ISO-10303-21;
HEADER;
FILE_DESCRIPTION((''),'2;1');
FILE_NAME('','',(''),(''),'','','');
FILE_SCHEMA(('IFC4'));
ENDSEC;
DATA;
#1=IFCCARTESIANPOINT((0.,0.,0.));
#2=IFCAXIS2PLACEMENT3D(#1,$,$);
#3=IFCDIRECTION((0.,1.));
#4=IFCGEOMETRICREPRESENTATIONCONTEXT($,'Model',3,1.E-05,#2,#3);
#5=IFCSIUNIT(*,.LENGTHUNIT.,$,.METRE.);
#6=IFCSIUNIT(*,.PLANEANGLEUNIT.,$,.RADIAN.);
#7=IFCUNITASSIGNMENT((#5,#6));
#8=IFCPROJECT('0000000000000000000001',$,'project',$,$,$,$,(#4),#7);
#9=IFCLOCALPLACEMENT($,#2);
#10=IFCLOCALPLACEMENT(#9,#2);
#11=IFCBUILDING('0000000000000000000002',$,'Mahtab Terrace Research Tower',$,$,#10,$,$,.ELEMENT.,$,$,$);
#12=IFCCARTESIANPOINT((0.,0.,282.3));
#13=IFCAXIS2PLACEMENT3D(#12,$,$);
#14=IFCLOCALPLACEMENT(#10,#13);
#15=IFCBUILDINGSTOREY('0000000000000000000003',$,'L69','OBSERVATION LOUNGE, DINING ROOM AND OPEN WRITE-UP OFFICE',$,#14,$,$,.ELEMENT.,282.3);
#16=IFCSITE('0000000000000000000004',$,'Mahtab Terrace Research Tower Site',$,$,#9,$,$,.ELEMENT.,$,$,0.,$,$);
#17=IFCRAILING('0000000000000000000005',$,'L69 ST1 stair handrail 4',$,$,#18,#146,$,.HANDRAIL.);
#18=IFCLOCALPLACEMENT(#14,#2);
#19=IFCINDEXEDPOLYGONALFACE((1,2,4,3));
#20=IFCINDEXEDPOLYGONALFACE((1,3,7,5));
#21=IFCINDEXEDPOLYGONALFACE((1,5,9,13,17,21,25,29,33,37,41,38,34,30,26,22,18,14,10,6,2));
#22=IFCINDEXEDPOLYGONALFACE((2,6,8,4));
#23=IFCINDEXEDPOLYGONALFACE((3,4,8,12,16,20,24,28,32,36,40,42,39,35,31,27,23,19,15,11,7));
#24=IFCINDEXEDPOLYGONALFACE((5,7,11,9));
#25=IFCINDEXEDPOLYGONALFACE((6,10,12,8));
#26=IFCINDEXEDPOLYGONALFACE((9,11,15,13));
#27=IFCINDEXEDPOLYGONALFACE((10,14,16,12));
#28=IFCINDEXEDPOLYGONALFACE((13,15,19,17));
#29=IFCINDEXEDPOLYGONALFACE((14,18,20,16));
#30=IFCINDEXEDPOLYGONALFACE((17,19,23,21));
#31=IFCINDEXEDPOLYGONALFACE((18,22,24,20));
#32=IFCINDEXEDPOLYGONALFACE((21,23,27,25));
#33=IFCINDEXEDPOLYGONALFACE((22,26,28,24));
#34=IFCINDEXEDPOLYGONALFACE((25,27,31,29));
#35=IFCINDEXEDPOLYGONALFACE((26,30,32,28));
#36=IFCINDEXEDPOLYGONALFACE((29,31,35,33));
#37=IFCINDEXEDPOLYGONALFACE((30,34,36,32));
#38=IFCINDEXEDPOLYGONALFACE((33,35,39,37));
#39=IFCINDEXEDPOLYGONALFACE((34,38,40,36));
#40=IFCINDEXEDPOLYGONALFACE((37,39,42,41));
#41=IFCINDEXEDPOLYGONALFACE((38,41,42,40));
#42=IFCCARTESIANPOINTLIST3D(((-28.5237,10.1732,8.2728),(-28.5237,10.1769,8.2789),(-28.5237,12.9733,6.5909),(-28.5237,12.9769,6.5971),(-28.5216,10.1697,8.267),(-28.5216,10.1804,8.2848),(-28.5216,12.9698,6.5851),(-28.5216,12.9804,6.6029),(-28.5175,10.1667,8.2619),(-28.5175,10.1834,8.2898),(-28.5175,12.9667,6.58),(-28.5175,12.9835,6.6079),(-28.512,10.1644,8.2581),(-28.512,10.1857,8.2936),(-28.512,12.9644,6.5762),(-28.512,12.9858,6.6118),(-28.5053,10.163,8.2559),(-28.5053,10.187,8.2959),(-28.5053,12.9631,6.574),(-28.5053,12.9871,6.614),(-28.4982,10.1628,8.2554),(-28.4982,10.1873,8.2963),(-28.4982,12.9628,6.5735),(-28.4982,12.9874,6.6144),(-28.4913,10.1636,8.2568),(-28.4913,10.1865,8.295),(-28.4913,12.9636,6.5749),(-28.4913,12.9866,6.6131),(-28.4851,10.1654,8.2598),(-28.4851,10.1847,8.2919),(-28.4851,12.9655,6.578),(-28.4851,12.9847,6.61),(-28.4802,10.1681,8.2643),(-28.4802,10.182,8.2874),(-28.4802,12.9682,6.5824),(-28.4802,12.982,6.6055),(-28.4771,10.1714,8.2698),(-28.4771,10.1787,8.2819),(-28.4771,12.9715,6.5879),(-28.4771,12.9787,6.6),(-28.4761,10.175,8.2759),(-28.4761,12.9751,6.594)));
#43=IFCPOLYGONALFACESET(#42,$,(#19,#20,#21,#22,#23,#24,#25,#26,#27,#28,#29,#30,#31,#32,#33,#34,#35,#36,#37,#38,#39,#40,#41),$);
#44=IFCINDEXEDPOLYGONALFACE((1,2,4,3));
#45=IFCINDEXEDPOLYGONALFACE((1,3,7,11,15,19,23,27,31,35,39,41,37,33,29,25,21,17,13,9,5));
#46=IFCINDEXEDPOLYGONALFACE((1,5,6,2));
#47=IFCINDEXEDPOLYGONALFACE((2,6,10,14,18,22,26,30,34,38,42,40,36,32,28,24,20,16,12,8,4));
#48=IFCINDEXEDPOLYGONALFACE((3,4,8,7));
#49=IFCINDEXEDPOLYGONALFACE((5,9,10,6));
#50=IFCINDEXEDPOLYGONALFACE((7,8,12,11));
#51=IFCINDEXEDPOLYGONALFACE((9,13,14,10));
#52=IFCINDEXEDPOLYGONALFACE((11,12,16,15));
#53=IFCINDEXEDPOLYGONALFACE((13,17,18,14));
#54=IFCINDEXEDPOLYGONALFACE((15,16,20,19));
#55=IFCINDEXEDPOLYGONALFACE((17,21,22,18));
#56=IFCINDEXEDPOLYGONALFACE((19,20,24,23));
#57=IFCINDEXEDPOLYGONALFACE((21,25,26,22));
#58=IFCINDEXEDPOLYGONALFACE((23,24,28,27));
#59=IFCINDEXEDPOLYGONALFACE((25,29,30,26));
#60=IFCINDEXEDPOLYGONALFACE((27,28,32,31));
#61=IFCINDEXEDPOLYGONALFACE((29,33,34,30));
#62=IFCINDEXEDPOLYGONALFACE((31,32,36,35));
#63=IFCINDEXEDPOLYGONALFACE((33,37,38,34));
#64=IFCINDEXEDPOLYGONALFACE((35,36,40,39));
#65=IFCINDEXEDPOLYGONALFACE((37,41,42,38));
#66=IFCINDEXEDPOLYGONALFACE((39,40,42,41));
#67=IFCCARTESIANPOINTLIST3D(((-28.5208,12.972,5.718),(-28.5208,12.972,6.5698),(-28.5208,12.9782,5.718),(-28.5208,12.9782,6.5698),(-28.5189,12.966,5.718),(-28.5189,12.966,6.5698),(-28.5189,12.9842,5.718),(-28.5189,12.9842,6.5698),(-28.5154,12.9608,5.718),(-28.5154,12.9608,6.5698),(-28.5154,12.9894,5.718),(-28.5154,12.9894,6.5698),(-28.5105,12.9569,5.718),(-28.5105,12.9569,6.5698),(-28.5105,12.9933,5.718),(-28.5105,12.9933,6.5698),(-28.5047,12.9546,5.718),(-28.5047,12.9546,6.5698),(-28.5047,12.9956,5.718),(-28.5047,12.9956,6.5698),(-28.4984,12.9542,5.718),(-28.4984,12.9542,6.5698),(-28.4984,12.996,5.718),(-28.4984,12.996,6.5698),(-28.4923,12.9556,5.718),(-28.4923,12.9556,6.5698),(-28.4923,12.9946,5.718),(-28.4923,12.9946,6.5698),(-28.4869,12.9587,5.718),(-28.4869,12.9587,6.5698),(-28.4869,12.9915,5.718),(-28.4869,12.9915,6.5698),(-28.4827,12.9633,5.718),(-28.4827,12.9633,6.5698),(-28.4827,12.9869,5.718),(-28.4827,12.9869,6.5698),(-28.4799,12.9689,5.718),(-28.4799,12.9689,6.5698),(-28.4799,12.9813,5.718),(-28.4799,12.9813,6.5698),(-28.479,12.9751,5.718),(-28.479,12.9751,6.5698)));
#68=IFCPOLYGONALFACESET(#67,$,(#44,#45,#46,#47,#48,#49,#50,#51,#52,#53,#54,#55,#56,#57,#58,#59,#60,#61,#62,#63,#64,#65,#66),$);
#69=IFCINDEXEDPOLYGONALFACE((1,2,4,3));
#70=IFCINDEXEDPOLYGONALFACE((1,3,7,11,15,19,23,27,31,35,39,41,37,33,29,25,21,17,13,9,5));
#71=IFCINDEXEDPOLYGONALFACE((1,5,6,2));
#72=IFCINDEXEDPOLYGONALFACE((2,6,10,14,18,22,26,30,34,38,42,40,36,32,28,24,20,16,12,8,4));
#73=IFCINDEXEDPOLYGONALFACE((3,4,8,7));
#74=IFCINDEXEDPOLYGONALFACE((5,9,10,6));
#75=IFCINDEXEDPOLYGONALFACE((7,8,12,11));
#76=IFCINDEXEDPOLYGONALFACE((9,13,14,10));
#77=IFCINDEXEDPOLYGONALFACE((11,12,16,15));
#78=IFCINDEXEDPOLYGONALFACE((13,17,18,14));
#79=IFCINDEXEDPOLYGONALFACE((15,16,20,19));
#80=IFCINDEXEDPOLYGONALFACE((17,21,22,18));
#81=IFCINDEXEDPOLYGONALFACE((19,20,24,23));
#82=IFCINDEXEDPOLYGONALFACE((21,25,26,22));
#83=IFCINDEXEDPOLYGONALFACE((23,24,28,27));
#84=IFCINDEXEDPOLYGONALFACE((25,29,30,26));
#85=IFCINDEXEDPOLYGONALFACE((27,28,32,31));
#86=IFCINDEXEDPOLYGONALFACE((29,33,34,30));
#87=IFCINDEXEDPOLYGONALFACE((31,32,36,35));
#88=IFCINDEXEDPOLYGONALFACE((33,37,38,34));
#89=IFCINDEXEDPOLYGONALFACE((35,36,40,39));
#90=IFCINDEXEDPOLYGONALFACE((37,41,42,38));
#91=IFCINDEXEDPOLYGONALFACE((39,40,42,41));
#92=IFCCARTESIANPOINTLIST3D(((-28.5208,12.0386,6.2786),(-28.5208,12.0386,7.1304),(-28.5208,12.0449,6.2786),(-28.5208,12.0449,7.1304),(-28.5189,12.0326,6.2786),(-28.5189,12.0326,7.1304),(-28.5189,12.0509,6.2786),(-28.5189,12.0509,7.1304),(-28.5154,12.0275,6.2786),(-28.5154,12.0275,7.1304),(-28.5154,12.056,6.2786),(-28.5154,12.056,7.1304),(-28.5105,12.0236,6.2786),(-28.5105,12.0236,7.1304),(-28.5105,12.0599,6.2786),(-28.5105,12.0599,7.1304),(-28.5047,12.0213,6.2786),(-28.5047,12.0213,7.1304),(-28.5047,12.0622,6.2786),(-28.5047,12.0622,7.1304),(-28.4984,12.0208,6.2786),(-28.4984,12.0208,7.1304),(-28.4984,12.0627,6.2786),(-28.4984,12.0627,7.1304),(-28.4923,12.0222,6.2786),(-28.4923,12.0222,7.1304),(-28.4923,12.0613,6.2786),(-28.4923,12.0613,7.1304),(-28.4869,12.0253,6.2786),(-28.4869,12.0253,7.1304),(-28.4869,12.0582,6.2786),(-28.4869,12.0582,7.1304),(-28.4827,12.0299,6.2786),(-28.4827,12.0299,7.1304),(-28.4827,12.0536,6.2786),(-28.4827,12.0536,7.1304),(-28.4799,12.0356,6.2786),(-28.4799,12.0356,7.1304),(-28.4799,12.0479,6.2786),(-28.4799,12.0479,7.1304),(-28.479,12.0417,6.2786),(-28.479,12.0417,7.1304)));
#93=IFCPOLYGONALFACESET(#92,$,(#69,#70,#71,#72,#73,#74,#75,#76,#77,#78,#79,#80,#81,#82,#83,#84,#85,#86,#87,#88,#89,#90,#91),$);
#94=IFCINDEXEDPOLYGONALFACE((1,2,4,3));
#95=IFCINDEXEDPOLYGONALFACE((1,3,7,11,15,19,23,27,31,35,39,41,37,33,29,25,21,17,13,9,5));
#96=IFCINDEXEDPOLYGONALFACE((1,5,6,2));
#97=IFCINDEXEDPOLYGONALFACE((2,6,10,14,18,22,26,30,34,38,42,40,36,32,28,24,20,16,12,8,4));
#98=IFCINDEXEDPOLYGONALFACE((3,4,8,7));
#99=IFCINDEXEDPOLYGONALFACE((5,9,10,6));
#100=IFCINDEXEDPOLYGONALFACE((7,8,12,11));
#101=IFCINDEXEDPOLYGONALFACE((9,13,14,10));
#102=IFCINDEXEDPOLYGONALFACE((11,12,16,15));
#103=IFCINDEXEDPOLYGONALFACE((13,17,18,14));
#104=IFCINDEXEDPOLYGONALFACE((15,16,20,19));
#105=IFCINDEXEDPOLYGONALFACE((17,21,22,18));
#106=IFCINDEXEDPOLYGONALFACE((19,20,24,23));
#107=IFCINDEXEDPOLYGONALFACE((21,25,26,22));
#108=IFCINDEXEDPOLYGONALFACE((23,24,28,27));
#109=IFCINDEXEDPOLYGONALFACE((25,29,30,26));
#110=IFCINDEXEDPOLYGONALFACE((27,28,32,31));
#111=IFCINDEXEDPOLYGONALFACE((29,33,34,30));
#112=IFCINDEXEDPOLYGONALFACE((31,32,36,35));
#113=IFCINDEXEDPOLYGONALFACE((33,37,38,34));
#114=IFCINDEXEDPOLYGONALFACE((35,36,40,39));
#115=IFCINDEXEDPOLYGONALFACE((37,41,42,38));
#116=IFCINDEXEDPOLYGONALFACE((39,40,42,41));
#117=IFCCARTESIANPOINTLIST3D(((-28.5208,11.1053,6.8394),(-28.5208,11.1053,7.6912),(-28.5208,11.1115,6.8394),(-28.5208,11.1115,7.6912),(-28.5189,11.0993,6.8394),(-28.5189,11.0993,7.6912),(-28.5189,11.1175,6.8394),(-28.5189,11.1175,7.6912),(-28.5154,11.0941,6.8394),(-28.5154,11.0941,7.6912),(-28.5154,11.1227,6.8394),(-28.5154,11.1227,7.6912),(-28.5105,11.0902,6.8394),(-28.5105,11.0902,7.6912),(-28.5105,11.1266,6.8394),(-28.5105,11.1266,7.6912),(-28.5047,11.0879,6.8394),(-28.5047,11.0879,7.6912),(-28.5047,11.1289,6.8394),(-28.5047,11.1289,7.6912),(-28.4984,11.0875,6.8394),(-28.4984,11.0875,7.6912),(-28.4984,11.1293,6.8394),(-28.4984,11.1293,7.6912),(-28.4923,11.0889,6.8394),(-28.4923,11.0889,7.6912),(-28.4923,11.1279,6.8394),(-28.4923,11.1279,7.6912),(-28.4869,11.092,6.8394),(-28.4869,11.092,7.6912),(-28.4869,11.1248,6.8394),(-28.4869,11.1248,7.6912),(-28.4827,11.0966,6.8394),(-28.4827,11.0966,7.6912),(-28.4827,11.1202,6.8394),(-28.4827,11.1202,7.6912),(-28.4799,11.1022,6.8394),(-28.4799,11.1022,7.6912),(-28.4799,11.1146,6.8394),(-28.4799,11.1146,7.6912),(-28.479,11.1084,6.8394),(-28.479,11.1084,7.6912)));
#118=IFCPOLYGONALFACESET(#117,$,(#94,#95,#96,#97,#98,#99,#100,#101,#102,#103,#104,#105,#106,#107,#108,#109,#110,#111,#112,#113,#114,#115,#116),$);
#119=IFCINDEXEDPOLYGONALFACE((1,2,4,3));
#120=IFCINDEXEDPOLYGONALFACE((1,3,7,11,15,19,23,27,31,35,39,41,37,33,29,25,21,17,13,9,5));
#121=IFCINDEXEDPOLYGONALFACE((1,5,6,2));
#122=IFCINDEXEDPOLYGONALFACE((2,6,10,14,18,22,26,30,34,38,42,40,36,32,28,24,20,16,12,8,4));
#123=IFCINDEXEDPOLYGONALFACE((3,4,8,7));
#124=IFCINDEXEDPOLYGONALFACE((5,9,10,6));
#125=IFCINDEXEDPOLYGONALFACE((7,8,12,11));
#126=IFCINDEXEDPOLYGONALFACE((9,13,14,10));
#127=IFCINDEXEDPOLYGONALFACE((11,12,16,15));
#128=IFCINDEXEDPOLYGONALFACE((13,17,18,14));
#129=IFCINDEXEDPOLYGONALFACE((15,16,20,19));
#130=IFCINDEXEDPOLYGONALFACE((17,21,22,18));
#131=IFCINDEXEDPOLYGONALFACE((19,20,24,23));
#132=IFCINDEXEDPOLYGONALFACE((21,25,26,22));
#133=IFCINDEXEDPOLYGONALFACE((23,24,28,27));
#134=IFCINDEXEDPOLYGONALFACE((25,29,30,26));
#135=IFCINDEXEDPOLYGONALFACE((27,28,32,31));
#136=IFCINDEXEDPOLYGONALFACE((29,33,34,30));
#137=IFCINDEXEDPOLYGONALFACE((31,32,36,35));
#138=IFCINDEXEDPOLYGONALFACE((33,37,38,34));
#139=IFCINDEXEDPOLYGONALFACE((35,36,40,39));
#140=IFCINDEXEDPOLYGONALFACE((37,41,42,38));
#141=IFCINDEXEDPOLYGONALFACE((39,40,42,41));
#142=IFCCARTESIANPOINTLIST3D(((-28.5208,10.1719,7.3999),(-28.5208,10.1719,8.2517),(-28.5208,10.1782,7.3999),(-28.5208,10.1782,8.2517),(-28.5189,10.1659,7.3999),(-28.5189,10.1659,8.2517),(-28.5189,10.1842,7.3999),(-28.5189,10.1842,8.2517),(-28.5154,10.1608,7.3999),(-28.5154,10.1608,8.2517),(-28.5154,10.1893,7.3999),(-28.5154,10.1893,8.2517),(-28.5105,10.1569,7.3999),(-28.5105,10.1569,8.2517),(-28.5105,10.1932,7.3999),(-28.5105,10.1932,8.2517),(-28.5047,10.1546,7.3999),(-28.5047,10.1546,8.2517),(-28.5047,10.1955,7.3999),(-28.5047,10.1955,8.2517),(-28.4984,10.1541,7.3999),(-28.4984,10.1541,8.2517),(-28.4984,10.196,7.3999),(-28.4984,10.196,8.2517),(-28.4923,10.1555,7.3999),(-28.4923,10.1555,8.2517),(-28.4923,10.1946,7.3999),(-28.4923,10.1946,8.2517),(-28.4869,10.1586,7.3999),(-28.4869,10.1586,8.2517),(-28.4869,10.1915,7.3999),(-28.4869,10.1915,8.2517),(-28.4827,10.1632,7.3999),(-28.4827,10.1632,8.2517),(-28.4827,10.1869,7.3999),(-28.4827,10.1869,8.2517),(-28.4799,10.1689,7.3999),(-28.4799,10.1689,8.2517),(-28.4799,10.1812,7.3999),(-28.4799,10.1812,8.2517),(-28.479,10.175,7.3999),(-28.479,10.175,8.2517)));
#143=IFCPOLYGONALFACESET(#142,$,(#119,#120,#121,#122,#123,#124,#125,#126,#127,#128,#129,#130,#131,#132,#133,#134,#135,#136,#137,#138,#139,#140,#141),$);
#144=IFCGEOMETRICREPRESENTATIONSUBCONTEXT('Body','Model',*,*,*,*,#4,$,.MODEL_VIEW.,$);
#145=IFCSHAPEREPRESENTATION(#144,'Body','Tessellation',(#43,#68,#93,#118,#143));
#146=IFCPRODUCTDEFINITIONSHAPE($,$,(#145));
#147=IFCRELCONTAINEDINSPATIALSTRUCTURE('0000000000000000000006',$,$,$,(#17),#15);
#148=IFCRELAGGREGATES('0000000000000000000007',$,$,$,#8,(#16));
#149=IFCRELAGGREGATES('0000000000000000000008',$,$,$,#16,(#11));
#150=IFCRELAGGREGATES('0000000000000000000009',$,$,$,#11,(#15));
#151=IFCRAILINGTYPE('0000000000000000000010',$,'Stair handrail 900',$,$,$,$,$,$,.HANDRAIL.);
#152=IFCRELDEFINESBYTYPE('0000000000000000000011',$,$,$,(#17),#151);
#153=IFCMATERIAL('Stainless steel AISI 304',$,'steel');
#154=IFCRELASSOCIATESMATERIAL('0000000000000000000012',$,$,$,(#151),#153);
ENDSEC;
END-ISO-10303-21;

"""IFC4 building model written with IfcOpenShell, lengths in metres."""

from ifc_helpers import new_model, si_unit, direction, frame, origin, origin_2d, place, context, subcontext, project, spatial, circle, extrude, material, type_object, element, save


model = new_model("IFC4")

# Units and contexts
model_context = context("Model", 3, precision=1e-05, world=origin(), true_north=direction((0.0, 1.0)))
body_context = subcontext(model_context, "Body", "Model", "MODEL_VIEW")
ifc_project = project(units=[si_unit("LENGTHUNIT", "METRE"), si_unit("PLANEANGLEUNIT", "RADIAN")], contexts=[model_context])

# Site, building, storey
site_placement = place(None, origin())
site = spatial("IfcSite", under=ifc_project, at=site_placement, Name="Mahtab Terrace Research Tower Site", CompositionType="ELEMENT", RefElevation=0.0)
building_placement = place(site_placement, origin())
building = spatial("IfcBuilding", under=site, at=building_placement, Name="Mahtab Terrace Research Tower", CompositionType="ELEMENT")
storey_placement = place(building_placement, frame((0.0, 0.0, 282.3)))
storey = spatial("IfcBuildingStorey", under=building, at=storey_placement, Name="L69", Description="OBSERVATION LOUNGE, DINING ROOM AND OPEN WRITE-UP OFFICE", CompositionType="ELEMENT", Elevation=282.3)

# Railing
ifc_material_1 = material(Name="Stainless steel AISI 304", Category="steel")
railing_type_1 = type_object("IfcRailingType", Name="Stair handrail 900", PredefinedType="HANDRAIL", material=ifc_material_1)
railing_1_placement = place(storey_placement, frame((-28.5, 12.9751, 5.718)))
element("IfcRailing", 1, at=railing_1_placement, inside=storey, type_object=railing_type_1, Name="L69 ST1 stair handrail 4", PredefinedType="HANDRAIL", context=body_context, shape_type="SweptSolid", body=[
    extrude(circle(Radius=0.0239, at=origin_2d()), frame((0.0, 0.0, 0.876), z_axis=(0.0, -0.857242, 0.514913), x_axis=(1.0, 0.0, 0.0)), (0.0, 0.0, 1.0), 3.2664),
    extrude(circle(Radius=0.021, at=origin_2d()), origin(), (0.0, 0.0, 1.0), 0.8518),
    extrude(circle(Radius=0.021, at=origin_2d()), frame((0.0, -0.9333, 0.5605)), (0.0, 0.0, 1.0), 0.8518),
    extrude(circle(Radius=0.021, at=origin_2d()), frame((0.0, -1.8667, 1.1213)), (0.0, 0.0, 1.0), 0.8518),
    extrude(circle(Radius=0.021, at=origin_2d()), frame((0.0, -2.8, 1.6819)), (0.0, 0.0, 1.0), 0.8518),
])

save(model, "model.ifc")
